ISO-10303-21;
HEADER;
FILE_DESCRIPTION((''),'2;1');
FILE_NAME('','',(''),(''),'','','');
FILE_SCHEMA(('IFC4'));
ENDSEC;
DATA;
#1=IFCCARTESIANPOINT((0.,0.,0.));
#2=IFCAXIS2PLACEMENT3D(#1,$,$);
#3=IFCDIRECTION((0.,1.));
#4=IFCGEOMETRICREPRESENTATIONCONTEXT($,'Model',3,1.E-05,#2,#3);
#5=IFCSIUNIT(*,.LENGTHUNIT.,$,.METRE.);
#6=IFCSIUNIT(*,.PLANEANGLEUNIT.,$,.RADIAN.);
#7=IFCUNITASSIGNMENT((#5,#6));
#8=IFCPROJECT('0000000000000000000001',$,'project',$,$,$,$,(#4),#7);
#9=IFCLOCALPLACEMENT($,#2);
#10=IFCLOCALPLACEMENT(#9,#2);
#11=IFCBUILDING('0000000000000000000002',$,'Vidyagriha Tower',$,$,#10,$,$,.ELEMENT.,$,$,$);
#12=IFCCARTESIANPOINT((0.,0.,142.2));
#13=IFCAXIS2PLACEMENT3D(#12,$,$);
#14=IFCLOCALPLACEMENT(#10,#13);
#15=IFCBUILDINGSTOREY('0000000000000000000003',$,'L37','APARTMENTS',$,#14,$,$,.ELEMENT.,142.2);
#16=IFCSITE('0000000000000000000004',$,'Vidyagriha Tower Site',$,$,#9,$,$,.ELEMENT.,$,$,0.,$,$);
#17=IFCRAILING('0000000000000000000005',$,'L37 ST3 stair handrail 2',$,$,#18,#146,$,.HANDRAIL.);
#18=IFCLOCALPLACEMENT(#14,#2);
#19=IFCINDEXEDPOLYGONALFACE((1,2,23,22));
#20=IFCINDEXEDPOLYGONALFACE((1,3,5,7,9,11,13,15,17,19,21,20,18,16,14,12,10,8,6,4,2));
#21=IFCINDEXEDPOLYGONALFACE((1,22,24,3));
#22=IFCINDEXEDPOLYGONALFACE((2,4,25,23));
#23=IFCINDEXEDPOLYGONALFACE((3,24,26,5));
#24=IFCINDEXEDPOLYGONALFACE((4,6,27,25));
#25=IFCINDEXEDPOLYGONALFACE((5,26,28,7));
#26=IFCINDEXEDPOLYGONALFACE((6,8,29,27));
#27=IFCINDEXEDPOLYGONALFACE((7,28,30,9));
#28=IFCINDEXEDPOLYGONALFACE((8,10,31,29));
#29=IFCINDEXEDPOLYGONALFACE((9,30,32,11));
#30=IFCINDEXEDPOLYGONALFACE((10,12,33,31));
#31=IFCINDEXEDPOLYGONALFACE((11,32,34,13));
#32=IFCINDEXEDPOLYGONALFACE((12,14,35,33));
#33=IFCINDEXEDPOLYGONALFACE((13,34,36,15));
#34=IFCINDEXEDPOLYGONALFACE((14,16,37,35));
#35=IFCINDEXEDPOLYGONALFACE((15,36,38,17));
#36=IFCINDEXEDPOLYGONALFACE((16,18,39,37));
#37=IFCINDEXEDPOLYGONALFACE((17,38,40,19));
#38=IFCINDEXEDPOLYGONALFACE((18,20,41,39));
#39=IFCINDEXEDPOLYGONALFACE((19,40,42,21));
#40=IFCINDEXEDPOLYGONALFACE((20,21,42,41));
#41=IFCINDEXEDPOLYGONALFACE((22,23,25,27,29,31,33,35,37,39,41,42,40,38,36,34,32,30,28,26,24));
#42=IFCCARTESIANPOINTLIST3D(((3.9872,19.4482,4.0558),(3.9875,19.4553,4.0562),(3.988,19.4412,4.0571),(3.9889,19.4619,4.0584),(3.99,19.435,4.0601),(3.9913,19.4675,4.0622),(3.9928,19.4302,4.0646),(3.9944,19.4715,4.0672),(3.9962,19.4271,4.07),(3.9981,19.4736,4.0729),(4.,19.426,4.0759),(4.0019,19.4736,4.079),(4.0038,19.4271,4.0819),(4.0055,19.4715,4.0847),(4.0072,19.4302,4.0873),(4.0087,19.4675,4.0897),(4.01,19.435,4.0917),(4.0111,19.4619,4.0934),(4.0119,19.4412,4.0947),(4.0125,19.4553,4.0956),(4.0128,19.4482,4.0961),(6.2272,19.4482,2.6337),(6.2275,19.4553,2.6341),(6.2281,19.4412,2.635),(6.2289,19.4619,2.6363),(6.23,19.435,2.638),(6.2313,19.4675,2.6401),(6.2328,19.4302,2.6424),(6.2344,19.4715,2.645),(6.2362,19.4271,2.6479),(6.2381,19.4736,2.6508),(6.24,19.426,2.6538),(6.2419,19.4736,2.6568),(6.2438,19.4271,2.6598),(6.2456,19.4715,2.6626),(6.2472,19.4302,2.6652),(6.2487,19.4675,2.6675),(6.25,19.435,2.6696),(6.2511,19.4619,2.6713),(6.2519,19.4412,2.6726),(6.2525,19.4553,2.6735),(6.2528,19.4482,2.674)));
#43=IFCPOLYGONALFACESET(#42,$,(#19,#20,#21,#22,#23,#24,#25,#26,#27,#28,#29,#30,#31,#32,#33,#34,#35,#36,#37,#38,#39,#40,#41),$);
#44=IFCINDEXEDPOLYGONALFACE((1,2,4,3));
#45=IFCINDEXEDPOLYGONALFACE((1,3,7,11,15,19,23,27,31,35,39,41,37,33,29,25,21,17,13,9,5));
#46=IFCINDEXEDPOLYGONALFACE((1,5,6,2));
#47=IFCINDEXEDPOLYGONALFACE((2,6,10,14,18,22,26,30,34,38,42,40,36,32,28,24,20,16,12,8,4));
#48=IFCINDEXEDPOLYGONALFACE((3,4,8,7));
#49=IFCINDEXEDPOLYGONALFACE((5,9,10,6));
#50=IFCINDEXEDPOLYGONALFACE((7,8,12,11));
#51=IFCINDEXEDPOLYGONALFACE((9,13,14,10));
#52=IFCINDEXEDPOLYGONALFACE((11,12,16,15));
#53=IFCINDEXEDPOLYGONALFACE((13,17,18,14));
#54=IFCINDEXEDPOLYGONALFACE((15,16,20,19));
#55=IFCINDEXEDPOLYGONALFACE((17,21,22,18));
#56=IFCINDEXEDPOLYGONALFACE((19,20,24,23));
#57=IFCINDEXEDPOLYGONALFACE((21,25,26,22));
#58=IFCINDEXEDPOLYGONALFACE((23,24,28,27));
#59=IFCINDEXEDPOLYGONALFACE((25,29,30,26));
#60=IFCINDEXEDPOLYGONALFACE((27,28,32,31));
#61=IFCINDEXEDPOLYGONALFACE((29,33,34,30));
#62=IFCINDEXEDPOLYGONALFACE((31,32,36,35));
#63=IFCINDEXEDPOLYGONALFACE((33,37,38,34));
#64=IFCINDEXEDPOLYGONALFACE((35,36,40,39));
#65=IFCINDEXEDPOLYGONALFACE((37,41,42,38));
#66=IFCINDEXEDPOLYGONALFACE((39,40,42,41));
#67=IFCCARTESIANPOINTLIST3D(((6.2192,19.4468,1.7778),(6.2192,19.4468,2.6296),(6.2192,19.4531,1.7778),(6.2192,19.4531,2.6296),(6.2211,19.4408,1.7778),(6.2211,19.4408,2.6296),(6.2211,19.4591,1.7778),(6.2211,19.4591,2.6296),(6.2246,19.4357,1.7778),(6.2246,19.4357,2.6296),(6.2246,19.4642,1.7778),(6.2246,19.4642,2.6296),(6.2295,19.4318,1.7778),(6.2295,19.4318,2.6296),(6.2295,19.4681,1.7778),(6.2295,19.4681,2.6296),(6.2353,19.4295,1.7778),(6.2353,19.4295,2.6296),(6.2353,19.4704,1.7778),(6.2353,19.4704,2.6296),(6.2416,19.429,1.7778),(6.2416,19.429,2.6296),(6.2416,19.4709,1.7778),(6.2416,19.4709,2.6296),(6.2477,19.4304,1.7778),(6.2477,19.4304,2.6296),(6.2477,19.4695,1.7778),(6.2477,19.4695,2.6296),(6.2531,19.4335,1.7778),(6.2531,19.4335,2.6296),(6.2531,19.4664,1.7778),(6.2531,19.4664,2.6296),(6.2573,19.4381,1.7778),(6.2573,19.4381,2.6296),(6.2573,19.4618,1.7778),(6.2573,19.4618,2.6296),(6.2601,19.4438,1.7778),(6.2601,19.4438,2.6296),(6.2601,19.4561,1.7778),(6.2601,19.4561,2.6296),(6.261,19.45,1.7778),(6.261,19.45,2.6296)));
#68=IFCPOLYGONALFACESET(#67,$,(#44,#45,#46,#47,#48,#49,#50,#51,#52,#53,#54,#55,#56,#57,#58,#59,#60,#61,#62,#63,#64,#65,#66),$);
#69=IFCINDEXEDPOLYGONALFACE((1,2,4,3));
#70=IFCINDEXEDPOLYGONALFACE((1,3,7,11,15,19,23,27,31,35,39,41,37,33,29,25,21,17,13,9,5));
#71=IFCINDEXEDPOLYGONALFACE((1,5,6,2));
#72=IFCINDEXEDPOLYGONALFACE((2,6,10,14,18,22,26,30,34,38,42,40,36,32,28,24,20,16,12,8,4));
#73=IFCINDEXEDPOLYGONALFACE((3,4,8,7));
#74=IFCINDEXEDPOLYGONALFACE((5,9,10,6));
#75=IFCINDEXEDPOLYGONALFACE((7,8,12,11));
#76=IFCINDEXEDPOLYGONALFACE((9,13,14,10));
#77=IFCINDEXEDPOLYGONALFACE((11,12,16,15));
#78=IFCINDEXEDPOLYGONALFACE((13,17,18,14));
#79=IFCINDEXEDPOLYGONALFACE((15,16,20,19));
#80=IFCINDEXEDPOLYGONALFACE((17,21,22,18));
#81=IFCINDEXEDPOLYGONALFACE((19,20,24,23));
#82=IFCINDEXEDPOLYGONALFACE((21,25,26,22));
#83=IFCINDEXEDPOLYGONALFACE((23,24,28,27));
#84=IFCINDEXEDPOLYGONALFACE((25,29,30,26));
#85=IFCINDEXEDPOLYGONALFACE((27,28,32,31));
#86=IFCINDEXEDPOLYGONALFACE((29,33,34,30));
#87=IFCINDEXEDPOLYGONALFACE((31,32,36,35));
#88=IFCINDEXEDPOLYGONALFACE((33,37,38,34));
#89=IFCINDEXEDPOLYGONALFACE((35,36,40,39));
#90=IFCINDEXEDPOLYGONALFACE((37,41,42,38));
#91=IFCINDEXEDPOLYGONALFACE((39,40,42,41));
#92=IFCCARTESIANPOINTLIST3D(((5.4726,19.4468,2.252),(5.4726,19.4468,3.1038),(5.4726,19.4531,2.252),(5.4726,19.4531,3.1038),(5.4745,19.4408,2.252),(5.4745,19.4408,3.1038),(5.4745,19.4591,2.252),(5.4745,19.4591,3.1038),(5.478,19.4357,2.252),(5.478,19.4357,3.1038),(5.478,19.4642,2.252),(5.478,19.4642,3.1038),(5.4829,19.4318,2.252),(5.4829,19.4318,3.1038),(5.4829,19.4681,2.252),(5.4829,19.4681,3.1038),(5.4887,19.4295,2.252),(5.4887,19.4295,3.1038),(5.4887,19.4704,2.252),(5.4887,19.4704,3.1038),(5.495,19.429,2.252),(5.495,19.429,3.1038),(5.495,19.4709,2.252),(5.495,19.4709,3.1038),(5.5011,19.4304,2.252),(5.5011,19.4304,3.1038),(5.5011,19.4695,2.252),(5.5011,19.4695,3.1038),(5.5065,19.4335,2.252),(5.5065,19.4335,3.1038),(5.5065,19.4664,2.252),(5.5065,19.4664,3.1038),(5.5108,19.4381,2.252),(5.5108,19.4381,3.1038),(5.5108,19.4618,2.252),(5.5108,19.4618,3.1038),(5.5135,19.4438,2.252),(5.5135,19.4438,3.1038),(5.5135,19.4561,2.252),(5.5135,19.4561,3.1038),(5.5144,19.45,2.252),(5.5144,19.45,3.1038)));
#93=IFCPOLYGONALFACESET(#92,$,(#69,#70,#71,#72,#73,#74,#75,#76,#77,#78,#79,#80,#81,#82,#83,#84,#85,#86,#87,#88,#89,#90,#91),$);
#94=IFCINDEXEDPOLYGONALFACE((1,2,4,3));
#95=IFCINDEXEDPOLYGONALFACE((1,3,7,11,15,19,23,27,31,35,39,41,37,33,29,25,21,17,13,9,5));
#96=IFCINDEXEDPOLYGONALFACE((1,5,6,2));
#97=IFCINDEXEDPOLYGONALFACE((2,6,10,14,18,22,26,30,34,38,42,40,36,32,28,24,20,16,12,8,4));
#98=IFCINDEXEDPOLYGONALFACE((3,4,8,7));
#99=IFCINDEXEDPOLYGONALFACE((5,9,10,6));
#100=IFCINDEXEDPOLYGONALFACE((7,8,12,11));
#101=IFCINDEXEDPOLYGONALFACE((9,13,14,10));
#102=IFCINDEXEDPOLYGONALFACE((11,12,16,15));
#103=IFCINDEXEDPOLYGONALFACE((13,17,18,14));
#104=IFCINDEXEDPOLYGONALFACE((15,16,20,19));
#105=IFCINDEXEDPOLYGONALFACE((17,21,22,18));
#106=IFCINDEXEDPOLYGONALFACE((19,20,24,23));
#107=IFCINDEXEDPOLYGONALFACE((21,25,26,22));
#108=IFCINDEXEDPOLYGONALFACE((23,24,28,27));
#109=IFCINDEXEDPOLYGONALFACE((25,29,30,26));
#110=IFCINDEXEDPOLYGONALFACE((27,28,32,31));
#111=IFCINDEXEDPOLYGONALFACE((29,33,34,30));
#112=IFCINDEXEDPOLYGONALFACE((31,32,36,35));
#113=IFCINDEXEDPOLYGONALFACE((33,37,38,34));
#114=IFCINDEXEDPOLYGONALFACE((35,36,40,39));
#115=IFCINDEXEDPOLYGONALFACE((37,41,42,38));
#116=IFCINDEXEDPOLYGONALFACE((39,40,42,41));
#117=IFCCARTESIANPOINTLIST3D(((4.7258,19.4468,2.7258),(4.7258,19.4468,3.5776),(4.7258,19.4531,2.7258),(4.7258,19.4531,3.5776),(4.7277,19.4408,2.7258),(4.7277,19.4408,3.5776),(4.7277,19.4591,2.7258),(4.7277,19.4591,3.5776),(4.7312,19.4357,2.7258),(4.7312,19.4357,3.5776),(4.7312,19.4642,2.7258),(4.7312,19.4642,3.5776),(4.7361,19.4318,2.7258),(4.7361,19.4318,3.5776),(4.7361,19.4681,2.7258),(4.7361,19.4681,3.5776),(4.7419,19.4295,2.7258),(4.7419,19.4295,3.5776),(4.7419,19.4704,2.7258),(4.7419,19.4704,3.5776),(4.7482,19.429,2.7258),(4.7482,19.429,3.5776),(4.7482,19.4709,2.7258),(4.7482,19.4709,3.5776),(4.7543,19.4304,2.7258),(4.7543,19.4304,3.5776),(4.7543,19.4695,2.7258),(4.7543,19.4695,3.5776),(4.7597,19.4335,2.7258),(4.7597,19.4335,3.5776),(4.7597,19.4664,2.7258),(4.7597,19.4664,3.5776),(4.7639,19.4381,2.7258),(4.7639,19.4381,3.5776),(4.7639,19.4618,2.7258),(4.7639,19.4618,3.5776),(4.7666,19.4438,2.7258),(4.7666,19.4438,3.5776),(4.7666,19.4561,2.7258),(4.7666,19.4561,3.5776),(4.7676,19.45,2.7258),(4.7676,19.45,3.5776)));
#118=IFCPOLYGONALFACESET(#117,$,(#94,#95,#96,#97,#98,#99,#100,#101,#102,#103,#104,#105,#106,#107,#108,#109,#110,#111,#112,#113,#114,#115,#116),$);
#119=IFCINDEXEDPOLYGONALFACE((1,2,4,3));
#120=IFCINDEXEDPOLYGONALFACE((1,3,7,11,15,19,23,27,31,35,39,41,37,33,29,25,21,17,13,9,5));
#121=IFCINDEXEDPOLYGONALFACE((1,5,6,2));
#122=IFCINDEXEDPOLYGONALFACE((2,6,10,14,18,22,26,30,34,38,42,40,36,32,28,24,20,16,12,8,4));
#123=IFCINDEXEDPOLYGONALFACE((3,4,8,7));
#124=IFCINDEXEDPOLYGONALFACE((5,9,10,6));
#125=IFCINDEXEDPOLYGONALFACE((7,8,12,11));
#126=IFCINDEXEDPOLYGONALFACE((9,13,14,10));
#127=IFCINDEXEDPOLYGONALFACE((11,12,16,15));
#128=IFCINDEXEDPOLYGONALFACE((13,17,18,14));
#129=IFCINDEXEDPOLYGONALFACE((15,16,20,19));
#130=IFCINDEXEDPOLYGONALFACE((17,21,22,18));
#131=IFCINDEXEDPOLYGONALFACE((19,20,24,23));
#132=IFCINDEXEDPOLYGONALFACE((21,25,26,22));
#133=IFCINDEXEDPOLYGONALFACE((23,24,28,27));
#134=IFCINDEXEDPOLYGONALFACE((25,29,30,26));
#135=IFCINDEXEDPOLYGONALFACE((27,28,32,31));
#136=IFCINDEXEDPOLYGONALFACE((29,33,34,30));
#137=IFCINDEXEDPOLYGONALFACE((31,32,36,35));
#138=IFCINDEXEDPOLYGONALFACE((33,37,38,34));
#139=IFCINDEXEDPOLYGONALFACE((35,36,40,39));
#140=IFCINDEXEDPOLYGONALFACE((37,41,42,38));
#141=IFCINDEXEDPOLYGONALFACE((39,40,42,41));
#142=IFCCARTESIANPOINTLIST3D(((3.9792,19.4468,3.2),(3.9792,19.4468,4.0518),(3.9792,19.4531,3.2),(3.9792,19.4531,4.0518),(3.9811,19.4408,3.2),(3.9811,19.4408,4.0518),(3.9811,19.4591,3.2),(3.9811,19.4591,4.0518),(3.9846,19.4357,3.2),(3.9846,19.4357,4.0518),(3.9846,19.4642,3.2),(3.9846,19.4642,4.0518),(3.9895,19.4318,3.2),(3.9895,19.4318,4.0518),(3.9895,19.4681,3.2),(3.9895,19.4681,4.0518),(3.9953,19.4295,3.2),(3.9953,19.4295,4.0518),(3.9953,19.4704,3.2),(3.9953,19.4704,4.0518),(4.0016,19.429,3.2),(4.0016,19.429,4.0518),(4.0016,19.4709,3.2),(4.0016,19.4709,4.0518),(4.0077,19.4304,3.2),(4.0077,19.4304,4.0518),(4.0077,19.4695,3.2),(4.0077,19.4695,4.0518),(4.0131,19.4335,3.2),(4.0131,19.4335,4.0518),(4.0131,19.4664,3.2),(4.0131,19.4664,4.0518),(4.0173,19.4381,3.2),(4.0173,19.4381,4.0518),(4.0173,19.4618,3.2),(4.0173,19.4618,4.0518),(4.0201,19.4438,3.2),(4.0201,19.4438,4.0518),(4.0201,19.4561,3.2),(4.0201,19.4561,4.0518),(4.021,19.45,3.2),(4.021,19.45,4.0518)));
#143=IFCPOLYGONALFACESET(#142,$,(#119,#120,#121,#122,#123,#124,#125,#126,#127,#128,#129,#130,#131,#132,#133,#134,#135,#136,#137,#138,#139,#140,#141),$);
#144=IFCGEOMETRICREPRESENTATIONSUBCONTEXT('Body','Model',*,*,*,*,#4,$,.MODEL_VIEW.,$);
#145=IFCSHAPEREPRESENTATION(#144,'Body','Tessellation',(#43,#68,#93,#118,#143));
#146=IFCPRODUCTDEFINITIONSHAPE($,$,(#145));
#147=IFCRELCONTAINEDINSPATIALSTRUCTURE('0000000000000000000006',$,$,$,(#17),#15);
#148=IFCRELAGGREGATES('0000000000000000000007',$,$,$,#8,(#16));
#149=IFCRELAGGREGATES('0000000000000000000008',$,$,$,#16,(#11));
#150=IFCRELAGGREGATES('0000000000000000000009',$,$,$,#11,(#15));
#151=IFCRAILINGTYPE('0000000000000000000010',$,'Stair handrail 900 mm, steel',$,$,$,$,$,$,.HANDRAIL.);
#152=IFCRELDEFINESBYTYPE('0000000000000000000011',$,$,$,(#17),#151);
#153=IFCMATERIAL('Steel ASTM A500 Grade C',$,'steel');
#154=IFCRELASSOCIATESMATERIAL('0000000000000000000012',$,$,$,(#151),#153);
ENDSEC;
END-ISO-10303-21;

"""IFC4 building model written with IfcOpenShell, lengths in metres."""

from ifc_helpers import new_model, si_unit, direction, frame, origin, origin_2d, place, context, subcontext, project, spatial, circle, extrude, material, type_object, element, save


model = new_model("IFC4")

# Units and contexts
model_context = context("Model", 3, precision=1e-05, world=origin(), true_north=direction((0.0, 1.0)))
body_context = subcontext(model_context, "Body", "Model", "MODEL_VIEW")
ifc_project = project(units=[si_unit("LENGTHUNIT", "METRE"), si_unit("PLANEANGLEUNIT", "RADIAN")], contexts=[model_context])

# Site, building, storey
site_placement = place(None, origin())
site = spatial("IfcSite", under=ifc_project, at=site_placement, Name="Vidyagriha Tower Site", CompositionType="ELEMENT", RefElevation=0.0)
building_placement = place(site_placement, origin())
building = spatial("IfcBuilding", under=site, at=building_placement, Name="Vidyagriha Tower", CompositionType="ELEMENT")
storey_placement = place(building_placement, frame((0.0, 0.0, 142.2)))
storey = spatial("IfcBuildingStorey", under=building, at=storey_placement, Name="L37", Description="APARTMENTS", CompositionType="ELEMENT", Elevation=142.2)

# Railing
ifc_material_1 = material(Name="Steel ASTM A500 Grade C", Category="steel")
railing_type_1 = type_object("IfcRailingType", Name="Stair handrail 900 mm, steel", PredefinedType="HANDRAIL", material=ifc_material_1)
railing_1_placement = place(storey_placement, frame((6.24, 19.45, 1.7778)))
element("IfcRailing", 1, at=railing_1_placement, inside=storey, type_object=railing_type_1, Name="L37 ST3 stair handrail 2", PredefinedType="HANDRAIL", context=body_context, shape_type="SweptSolid", body=[
    extrude(circle(Radius=0.0239, at=origin_2d()), frame((0.0, 0.0, 0.876), z_axis=(-0.844229, 0.0, 0.535982), x_axis=(0.0, -1.0, 0.0)), (0.0, 0.0, 1.0), 2.6533),
    extrude(circle(Radius=0.021, at=origin_2d()), origin(), (0.0, 0.0, 1.0), 0.8518),
    extrude(circle(Radius=0.021, at=origin_2d()), frame((-0.7466, 0.0, 0.4741)), (0.0, 0.0, 1.0), 0.8518),
    extrude(circle(Radius=0.021, at=origin_2d()), frame((-1.4934, 0.0, 0.948)), (0.0, 0.0, 1.0), 0.8518),
    extrude(circle(Radius=0.021, at=origin_2d()), frame((-2.24, 0.0, 1.4221)), (0.0, 0.0, 1.0), 0.8518),
])

save(model, "model.ifc")
